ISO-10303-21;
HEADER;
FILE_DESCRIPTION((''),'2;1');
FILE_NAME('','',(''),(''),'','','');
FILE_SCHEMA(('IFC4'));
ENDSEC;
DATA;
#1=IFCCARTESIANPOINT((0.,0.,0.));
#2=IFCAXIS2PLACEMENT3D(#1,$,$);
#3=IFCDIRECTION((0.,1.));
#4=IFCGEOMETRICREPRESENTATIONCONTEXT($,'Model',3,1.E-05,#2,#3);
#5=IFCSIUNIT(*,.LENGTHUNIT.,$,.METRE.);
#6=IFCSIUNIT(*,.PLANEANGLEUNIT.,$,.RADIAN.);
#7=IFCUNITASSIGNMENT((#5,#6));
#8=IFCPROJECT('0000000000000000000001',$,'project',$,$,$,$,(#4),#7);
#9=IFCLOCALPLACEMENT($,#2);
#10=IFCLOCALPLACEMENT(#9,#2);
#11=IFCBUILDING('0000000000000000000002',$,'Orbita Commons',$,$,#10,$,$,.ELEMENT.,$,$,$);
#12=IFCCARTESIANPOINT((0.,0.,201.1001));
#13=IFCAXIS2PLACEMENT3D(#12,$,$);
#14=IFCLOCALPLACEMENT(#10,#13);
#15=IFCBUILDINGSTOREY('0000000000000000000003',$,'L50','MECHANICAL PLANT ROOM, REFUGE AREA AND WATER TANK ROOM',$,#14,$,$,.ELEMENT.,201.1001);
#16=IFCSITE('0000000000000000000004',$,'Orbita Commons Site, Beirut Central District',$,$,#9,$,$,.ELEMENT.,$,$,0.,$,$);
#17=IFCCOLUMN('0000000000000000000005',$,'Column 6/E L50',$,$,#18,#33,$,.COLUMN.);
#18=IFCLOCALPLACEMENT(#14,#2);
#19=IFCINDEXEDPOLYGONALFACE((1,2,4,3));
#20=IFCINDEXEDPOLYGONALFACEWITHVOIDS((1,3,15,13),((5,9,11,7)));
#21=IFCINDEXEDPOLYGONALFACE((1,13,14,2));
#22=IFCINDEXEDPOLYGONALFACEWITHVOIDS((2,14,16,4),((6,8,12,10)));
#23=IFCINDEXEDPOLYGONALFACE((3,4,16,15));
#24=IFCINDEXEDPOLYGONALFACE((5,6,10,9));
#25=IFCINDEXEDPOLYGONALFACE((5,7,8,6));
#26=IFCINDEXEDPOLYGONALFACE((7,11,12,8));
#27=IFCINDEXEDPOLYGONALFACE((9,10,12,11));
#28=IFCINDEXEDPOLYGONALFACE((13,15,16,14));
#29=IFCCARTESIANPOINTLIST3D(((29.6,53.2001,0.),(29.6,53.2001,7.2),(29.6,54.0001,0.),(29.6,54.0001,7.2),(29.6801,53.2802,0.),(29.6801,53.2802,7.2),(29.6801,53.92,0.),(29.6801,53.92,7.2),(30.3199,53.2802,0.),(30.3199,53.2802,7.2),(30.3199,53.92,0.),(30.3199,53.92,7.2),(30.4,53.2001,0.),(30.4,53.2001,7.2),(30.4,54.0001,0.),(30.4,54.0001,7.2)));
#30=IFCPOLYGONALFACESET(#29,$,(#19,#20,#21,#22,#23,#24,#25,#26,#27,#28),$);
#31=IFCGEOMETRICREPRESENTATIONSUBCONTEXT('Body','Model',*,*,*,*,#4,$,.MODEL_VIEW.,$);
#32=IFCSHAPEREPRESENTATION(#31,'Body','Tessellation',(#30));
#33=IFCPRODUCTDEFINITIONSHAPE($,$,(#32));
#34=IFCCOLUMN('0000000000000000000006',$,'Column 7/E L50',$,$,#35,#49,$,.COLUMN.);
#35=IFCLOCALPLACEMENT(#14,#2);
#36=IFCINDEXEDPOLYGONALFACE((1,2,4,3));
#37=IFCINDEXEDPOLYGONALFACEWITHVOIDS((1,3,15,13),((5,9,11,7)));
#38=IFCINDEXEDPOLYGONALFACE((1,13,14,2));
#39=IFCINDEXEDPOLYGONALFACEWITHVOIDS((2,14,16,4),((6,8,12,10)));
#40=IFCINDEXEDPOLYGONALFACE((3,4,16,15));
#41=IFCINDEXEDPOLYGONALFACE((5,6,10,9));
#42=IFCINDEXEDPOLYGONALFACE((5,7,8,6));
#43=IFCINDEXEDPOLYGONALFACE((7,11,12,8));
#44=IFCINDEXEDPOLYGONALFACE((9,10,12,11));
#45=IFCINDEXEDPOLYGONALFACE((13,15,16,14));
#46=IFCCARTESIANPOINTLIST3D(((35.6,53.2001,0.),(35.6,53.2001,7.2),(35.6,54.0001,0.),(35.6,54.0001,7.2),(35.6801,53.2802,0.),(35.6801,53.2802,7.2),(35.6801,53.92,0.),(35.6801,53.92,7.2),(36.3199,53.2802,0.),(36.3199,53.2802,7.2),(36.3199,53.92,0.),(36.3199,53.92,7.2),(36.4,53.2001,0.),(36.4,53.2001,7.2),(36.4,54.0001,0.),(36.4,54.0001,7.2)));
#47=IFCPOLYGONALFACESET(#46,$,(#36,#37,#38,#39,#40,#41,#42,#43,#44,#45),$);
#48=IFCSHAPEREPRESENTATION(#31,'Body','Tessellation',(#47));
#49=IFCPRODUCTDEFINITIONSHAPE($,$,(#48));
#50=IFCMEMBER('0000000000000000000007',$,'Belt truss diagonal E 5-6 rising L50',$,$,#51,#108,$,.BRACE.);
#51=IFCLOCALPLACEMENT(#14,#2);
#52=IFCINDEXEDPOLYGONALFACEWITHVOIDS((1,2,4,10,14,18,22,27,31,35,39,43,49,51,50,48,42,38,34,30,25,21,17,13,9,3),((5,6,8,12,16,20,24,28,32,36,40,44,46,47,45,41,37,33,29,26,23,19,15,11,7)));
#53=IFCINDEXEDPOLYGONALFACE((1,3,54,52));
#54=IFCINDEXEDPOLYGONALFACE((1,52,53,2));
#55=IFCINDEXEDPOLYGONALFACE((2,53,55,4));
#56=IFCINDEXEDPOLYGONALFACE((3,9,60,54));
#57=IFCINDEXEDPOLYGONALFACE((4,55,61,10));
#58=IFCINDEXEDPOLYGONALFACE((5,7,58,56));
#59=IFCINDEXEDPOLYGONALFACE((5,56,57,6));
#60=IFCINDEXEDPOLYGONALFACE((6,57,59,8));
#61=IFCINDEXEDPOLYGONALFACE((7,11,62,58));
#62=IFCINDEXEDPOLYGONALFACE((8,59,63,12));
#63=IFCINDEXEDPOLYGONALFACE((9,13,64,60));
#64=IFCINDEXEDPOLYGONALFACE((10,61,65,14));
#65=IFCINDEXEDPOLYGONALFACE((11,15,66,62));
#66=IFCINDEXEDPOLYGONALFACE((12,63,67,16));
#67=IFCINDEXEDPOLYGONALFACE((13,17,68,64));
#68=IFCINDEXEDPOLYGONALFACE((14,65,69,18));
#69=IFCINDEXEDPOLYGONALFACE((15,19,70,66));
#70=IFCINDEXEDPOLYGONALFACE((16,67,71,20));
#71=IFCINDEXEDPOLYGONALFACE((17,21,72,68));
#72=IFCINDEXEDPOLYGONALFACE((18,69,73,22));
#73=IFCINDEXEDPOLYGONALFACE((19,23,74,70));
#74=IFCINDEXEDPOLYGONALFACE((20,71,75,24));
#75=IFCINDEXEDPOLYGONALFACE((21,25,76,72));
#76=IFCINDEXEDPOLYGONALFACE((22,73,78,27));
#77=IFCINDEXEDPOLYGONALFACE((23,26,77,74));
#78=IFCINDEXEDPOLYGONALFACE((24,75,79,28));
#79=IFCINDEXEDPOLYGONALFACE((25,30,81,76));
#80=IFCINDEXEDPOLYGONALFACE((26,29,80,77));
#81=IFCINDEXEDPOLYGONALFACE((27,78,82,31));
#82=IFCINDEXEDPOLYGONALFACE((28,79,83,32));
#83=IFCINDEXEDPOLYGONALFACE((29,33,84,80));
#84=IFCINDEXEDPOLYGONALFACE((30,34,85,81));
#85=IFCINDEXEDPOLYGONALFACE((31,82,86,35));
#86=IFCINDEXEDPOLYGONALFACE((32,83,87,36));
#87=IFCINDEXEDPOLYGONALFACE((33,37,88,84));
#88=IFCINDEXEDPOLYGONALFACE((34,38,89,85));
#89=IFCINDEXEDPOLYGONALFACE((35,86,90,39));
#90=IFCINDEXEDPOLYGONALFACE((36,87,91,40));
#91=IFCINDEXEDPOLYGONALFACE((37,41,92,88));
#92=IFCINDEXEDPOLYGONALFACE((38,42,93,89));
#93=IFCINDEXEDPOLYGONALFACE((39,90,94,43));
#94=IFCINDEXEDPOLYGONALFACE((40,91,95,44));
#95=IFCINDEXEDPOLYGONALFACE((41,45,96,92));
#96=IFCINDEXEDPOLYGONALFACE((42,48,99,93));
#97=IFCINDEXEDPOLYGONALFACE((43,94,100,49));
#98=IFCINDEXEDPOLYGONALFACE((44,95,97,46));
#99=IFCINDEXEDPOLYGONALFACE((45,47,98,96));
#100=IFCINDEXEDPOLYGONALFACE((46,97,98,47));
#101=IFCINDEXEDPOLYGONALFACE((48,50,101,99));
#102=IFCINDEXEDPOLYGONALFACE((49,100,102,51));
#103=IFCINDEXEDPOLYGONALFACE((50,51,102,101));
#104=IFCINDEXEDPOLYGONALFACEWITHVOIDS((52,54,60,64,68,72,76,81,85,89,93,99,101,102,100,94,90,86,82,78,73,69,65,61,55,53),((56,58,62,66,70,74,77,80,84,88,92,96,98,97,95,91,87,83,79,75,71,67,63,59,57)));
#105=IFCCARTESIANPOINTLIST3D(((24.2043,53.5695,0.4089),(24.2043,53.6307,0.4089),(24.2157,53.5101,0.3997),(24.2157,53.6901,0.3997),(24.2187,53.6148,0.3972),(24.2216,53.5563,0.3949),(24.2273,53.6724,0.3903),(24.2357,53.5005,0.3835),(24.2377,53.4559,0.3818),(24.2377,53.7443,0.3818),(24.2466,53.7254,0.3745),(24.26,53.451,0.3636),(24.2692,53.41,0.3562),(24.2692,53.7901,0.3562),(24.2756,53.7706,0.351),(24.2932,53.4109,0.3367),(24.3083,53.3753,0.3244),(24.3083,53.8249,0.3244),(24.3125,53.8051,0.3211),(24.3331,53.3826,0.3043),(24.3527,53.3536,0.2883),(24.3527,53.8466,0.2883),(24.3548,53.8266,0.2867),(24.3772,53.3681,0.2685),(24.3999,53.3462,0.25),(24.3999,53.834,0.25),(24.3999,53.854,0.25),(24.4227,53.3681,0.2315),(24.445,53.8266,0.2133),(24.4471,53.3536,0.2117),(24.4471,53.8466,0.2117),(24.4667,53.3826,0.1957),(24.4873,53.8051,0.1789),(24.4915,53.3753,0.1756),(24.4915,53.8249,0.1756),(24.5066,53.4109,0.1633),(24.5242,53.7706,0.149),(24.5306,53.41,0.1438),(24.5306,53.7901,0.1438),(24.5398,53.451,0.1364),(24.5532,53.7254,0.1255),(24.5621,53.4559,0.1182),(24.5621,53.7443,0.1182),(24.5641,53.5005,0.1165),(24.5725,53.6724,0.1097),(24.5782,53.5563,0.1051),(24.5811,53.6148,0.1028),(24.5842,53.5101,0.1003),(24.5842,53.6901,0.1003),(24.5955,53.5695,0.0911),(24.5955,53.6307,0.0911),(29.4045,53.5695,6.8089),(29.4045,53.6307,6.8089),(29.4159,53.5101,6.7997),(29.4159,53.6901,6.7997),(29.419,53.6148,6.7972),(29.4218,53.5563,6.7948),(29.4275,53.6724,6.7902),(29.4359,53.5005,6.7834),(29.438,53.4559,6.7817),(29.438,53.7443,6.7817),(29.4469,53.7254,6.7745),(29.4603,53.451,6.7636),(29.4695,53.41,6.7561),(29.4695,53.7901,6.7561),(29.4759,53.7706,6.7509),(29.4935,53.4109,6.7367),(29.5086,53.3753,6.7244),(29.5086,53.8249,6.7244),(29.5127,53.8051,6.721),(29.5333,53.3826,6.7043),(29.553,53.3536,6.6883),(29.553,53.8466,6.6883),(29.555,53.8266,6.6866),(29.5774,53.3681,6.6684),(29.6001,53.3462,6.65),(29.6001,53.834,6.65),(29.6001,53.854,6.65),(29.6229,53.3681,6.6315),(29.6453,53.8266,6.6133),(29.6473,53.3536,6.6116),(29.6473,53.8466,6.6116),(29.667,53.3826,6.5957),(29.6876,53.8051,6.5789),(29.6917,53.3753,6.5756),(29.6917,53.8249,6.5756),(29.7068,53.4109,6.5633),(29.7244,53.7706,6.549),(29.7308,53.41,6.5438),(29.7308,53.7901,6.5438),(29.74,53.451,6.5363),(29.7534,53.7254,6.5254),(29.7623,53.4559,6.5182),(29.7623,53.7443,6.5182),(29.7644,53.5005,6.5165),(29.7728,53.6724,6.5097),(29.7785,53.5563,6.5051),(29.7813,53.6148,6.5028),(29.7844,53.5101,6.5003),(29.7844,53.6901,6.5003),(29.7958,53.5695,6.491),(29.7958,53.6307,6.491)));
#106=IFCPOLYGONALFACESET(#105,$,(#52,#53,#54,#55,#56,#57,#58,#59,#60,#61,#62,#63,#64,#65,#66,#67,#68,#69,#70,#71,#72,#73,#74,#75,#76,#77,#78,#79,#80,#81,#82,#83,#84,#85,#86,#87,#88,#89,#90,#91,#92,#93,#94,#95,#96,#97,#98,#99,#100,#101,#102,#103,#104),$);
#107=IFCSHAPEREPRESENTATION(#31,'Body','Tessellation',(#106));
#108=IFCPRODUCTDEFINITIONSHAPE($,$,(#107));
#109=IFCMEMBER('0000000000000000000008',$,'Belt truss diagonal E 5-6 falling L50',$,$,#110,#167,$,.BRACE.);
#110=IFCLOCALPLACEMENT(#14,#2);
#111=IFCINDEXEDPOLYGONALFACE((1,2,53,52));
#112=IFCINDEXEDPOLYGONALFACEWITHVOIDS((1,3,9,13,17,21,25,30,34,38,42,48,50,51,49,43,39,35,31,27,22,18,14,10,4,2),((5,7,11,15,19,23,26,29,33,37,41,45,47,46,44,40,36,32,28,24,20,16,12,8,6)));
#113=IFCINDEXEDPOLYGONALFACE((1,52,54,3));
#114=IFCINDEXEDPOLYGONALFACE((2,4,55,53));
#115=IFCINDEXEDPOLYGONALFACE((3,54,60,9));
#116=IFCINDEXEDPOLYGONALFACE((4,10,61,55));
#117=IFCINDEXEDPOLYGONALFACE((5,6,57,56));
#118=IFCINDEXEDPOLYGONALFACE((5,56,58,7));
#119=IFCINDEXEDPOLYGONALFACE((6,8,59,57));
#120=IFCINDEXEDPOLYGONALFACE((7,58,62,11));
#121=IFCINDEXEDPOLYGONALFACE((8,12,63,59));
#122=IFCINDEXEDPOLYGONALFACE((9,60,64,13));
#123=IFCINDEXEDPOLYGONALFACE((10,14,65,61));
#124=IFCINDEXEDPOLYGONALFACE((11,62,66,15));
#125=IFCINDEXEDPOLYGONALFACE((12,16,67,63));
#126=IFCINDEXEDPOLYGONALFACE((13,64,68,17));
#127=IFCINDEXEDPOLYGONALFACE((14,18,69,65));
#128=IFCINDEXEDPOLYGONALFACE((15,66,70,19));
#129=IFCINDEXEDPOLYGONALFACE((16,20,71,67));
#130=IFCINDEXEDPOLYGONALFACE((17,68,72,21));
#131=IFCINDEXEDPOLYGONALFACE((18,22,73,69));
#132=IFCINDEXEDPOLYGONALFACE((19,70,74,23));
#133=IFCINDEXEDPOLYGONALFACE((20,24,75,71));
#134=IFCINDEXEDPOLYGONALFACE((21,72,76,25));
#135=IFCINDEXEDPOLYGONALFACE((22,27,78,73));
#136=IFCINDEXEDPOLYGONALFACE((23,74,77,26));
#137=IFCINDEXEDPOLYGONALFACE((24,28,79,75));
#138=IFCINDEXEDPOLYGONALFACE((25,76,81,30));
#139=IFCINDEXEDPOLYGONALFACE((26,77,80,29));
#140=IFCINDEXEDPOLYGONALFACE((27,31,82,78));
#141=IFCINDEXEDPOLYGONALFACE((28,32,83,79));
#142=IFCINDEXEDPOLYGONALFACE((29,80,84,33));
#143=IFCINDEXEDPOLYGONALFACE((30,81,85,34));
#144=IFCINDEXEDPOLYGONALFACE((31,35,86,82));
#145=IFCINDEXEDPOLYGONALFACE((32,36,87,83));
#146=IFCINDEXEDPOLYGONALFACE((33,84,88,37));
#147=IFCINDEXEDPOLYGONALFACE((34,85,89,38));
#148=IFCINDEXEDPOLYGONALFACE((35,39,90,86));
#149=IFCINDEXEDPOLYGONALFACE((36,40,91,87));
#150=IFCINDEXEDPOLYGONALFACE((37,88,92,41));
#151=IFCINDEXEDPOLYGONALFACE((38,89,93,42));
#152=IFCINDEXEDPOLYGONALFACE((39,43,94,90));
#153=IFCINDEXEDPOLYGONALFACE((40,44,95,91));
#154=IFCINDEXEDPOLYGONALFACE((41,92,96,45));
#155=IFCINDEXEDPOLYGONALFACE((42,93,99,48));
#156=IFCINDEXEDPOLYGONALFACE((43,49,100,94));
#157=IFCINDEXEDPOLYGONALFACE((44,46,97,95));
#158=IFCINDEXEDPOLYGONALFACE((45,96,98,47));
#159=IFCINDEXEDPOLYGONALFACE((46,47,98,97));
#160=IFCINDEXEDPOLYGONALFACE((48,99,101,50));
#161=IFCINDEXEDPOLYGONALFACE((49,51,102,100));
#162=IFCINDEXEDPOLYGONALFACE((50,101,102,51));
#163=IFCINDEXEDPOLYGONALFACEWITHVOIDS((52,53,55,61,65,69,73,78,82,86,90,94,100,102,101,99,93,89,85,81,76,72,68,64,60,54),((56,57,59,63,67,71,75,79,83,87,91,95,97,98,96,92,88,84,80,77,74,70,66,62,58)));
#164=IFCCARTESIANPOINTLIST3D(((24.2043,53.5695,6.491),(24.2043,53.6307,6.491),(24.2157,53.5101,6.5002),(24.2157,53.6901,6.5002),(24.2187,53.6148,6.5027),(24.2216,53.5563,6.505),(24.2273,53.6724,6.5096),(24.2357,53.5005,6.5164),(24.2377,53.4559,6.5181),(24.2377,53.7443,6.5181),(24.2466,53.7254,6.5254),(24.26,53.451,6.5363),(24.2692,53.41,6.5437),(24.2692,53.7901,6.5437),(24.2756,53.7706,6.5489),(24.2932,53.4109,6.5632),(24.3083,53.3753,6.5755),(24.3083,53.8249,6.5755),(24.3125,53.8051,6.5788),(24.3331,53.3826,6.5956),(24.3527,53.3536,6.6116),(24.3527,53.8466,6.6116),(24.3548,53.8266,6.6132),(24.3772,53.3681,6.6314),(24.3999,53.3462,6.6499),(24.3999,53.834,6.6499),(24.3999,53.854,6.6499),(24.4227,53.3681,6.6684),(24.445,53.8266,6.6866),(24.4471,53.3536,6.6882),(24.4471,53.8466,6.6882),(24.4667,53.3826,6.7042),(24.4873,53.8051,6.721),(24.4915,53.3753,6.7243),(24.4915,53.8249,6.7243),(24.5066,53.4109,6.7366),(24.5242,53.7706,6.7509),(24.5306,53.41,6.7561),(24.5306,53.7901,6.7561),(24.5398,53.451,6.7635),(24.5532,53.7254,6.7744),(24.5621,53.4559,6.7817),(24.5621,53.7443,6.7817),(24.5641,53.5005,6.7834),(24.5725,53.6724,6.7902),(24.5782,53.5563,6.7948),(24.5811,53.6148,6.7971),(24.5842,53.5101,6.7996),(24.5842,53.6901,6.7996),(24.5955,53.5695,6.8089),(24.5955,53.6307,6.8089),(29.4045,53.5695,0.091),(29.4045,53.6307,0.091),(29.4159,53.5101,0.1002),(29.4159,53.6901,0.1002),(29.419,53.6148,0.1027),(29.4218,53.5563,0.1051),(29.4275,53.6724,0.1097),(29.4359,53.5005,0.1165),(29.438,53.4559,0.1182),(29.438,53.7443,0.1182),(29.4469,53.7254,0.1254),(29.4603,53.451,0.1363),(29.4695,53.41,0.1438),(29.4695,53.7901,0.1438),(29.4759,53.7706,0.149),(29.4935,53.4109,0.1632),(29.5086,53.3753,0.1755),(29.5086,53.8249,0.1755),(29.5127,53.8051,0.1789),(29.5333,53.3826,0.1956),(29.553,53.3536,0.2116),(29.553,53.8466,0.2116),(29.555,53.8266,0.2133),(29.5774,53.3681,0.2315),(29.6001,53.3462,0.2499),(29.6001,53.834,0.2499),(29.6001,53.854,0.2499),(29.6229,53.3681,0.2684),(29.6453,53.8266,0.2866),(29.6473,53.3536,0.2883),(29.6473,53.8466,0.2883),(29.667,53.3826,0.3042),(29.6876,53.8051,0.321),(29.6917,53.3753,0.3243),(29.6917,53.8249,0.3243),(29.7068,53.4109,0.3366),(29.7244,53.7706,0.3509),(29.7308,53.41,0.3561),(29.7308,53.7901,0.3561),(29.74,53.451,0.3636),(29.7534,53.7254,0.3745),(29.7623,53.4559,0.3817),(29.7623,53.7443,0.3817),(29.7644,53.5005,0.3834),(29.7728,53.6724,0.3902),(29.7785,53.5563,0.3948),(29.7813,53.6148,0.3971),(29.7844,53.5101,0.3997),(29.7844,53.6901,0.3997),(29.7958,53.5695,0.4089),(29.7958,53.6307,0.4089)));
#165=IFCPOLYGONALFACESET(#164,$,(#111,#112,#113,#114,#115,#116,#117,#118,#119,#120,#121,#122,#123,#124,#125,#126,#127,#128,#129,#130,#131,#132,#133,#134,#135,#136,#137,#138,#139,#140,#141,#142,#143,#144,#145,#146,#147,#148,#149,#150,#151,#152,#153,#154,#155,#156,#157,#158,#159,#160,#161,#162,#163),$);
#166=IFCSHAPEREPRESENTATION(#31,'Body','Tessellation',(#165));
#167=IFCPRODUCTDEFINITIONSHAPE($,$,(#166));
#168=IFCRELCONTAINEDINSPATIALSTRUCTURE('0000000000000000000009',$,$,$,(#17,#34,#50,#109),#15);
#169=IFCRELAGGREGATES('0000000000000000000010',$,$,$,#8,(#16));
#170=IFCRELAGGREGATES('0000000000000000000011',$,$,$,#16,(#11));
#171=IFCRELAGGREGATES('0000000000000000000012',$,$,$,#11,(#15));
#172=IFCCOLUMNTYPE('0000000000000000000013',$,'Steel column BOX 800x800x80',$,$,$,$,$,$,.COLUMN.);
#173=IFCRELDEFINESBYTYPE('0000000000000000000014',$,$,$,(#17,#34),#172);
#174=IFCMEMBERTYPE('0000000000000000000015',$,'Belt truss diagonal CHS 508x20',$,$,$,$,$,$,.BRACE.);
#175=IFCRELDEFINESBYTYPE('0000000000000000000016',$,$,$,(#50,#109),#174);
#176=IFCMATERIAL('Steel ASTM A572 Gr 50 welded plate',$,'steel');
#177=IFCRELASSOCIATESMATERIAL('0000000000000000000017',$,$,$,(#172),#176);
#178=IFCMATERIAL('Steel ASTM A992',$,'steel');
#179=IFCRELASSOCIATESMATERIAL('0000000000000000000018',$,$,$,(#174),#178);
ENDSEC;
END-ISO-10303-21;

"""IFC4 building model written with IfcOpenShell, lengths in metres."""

from ifc_helpers import new_model, si_unit, direction, frame, origin, origin_2d, place, context, subcontext, project, spatial, hollow_rectangle, hollow_circle, extrude, material, material_profile, profile_set, type_object, element, save


model = new_model("IFC4")

# Units and contexts
model_context = context("Model", 3, precision=1e-05, world=origin(), true_north=direction((0.0, 1.0)))
body_context = subcontext(model_context, "Body", "Model", "MODEL_VIEW")
ifc_project = project(units=[si_unit("LENGTHUNIT", "METRE"), si_unit("PLANEANGLEUNIT", "RADIAN")], contexts=[model_context])

# Site, building, storey
site_placement = place(None, origin())
site = spatial("IfcSite", under=ifc_project, at=site_placement, Name="Orbita Commons Site, Beirut Central District", CompositionType="ELEMENT", RefElevation=0.0)
building_placement = place(site_placement, origin())
building = spatial("IfcBuilding", under=site, at=building_placement, Name="Orbita Commons", CompositionType="ELEMENT")
storey_placement = place(building_placement, frame((0.0, 0.0, 201.1001)))
storey = spatial("IfcBuildingStorey", under=building, at=storey_placement, Name="L50", Description="MECHANICAL PLANT ROOM, REFUGE AREA AND WATER TANK ROOM", CompositionType="ELEMENT", Elevation=201.1001)

# Columns
ifc_material_1 = material(Name="Steel ASTM A572 Gr 50 welded plate", Category="steel")
ifc_material_profile_1 = material_profile(ifc_material_1, hollow_rectangle(XDim=0.8, YDim=0.8, WallThickness=0.0801, at=origin_2d()), Name="BOX 800x800x80")
ifc_profile_set_1 = profile_set([ifc_material_profile_1], Name="Steel ASTM A572 Gr 50 welded plate")
column_type = type_object("IfcColumnType", Name="Steel column BOX 800x800x80", PredefinedType="COLUMN", material=ifc_profile_set_1)
for number, where, z_axis, x_axis, name in (
    (1, (30.0, 53.6001, 0.0), (0.0, 0.0, 1.0), (1.0, 0.0, 0.0), "Column 6/E L50"),
    (2, (36.0, 53.6001, 0.0), (0.0, 0.0, 1.0), (1.0, 0.0, 0.0), "Column 7/E L50"),
):
    element("IfcColumn", number, at=place(storey_placement, frame(where, z_axis=z_axis, x_axis=x_axis)), inside=storey, type_object=column_type, Name=name, PredefinedType="COLUMN", context=body_context, shape_type="SweptSolid", body=[
        extrude(hollow_rectangle(XDim=0.8, YDim=0.8, WallThickness=0.0801, at=origin_2d()), origin(), (0.0, 0.0, 1.0), 7.2),
    ])

# Members
ifc_material_2 = material(Name="Steel ASTM A992", Category="steel")
ifc_material_profile_2 = material_profile(ifc_material_2, hollow_circle(Radius=0.2539, WallThickness=0.02, at=origin_2d()), Name="CHS 508x20")
ifc_profile_set_2 = profile_set([ifc_material_profile_2], Name="Steel ASTM A992")
member_type_1 = type_object("IfcMemberType", Name="Belt truss diagonal CHS 508x20", PredefinedType="BRACE", material=ifc_profile_set_2)
for number, where, z_axis, x_axis, name in (
    (3, (24.3999, 53.6001, 0.25), (0.630613, 0.0, 0.776098), (0.0, 1.0, 0.0), "Belt truss diagonal E 5-6 rising L50"),
    (4, (24.3999, 53.6001, 6.6499), (0.630613, 0.0, -0.776098), (0.0, 1.0, 0.0), "Belt truss diagonal E 5-6 falling L50"),
):
    element("IfcMember", number, at=place(storey_placement, frame(where, z_axis=z_axis, x_axis=x_axis)), inside=storey, type_object=member_type_1, Name=name, PredefinedType="BRACE", context=body_context, shape_type="SweptSolid", body=[
        extrude(hollow_circle(Radius=0.2539, WallThickness=0.02, at=origin_2d()), origin(), (0.0, 0.0, 1.0), 8.2463),
    ])

save(model, "model.ifc")
